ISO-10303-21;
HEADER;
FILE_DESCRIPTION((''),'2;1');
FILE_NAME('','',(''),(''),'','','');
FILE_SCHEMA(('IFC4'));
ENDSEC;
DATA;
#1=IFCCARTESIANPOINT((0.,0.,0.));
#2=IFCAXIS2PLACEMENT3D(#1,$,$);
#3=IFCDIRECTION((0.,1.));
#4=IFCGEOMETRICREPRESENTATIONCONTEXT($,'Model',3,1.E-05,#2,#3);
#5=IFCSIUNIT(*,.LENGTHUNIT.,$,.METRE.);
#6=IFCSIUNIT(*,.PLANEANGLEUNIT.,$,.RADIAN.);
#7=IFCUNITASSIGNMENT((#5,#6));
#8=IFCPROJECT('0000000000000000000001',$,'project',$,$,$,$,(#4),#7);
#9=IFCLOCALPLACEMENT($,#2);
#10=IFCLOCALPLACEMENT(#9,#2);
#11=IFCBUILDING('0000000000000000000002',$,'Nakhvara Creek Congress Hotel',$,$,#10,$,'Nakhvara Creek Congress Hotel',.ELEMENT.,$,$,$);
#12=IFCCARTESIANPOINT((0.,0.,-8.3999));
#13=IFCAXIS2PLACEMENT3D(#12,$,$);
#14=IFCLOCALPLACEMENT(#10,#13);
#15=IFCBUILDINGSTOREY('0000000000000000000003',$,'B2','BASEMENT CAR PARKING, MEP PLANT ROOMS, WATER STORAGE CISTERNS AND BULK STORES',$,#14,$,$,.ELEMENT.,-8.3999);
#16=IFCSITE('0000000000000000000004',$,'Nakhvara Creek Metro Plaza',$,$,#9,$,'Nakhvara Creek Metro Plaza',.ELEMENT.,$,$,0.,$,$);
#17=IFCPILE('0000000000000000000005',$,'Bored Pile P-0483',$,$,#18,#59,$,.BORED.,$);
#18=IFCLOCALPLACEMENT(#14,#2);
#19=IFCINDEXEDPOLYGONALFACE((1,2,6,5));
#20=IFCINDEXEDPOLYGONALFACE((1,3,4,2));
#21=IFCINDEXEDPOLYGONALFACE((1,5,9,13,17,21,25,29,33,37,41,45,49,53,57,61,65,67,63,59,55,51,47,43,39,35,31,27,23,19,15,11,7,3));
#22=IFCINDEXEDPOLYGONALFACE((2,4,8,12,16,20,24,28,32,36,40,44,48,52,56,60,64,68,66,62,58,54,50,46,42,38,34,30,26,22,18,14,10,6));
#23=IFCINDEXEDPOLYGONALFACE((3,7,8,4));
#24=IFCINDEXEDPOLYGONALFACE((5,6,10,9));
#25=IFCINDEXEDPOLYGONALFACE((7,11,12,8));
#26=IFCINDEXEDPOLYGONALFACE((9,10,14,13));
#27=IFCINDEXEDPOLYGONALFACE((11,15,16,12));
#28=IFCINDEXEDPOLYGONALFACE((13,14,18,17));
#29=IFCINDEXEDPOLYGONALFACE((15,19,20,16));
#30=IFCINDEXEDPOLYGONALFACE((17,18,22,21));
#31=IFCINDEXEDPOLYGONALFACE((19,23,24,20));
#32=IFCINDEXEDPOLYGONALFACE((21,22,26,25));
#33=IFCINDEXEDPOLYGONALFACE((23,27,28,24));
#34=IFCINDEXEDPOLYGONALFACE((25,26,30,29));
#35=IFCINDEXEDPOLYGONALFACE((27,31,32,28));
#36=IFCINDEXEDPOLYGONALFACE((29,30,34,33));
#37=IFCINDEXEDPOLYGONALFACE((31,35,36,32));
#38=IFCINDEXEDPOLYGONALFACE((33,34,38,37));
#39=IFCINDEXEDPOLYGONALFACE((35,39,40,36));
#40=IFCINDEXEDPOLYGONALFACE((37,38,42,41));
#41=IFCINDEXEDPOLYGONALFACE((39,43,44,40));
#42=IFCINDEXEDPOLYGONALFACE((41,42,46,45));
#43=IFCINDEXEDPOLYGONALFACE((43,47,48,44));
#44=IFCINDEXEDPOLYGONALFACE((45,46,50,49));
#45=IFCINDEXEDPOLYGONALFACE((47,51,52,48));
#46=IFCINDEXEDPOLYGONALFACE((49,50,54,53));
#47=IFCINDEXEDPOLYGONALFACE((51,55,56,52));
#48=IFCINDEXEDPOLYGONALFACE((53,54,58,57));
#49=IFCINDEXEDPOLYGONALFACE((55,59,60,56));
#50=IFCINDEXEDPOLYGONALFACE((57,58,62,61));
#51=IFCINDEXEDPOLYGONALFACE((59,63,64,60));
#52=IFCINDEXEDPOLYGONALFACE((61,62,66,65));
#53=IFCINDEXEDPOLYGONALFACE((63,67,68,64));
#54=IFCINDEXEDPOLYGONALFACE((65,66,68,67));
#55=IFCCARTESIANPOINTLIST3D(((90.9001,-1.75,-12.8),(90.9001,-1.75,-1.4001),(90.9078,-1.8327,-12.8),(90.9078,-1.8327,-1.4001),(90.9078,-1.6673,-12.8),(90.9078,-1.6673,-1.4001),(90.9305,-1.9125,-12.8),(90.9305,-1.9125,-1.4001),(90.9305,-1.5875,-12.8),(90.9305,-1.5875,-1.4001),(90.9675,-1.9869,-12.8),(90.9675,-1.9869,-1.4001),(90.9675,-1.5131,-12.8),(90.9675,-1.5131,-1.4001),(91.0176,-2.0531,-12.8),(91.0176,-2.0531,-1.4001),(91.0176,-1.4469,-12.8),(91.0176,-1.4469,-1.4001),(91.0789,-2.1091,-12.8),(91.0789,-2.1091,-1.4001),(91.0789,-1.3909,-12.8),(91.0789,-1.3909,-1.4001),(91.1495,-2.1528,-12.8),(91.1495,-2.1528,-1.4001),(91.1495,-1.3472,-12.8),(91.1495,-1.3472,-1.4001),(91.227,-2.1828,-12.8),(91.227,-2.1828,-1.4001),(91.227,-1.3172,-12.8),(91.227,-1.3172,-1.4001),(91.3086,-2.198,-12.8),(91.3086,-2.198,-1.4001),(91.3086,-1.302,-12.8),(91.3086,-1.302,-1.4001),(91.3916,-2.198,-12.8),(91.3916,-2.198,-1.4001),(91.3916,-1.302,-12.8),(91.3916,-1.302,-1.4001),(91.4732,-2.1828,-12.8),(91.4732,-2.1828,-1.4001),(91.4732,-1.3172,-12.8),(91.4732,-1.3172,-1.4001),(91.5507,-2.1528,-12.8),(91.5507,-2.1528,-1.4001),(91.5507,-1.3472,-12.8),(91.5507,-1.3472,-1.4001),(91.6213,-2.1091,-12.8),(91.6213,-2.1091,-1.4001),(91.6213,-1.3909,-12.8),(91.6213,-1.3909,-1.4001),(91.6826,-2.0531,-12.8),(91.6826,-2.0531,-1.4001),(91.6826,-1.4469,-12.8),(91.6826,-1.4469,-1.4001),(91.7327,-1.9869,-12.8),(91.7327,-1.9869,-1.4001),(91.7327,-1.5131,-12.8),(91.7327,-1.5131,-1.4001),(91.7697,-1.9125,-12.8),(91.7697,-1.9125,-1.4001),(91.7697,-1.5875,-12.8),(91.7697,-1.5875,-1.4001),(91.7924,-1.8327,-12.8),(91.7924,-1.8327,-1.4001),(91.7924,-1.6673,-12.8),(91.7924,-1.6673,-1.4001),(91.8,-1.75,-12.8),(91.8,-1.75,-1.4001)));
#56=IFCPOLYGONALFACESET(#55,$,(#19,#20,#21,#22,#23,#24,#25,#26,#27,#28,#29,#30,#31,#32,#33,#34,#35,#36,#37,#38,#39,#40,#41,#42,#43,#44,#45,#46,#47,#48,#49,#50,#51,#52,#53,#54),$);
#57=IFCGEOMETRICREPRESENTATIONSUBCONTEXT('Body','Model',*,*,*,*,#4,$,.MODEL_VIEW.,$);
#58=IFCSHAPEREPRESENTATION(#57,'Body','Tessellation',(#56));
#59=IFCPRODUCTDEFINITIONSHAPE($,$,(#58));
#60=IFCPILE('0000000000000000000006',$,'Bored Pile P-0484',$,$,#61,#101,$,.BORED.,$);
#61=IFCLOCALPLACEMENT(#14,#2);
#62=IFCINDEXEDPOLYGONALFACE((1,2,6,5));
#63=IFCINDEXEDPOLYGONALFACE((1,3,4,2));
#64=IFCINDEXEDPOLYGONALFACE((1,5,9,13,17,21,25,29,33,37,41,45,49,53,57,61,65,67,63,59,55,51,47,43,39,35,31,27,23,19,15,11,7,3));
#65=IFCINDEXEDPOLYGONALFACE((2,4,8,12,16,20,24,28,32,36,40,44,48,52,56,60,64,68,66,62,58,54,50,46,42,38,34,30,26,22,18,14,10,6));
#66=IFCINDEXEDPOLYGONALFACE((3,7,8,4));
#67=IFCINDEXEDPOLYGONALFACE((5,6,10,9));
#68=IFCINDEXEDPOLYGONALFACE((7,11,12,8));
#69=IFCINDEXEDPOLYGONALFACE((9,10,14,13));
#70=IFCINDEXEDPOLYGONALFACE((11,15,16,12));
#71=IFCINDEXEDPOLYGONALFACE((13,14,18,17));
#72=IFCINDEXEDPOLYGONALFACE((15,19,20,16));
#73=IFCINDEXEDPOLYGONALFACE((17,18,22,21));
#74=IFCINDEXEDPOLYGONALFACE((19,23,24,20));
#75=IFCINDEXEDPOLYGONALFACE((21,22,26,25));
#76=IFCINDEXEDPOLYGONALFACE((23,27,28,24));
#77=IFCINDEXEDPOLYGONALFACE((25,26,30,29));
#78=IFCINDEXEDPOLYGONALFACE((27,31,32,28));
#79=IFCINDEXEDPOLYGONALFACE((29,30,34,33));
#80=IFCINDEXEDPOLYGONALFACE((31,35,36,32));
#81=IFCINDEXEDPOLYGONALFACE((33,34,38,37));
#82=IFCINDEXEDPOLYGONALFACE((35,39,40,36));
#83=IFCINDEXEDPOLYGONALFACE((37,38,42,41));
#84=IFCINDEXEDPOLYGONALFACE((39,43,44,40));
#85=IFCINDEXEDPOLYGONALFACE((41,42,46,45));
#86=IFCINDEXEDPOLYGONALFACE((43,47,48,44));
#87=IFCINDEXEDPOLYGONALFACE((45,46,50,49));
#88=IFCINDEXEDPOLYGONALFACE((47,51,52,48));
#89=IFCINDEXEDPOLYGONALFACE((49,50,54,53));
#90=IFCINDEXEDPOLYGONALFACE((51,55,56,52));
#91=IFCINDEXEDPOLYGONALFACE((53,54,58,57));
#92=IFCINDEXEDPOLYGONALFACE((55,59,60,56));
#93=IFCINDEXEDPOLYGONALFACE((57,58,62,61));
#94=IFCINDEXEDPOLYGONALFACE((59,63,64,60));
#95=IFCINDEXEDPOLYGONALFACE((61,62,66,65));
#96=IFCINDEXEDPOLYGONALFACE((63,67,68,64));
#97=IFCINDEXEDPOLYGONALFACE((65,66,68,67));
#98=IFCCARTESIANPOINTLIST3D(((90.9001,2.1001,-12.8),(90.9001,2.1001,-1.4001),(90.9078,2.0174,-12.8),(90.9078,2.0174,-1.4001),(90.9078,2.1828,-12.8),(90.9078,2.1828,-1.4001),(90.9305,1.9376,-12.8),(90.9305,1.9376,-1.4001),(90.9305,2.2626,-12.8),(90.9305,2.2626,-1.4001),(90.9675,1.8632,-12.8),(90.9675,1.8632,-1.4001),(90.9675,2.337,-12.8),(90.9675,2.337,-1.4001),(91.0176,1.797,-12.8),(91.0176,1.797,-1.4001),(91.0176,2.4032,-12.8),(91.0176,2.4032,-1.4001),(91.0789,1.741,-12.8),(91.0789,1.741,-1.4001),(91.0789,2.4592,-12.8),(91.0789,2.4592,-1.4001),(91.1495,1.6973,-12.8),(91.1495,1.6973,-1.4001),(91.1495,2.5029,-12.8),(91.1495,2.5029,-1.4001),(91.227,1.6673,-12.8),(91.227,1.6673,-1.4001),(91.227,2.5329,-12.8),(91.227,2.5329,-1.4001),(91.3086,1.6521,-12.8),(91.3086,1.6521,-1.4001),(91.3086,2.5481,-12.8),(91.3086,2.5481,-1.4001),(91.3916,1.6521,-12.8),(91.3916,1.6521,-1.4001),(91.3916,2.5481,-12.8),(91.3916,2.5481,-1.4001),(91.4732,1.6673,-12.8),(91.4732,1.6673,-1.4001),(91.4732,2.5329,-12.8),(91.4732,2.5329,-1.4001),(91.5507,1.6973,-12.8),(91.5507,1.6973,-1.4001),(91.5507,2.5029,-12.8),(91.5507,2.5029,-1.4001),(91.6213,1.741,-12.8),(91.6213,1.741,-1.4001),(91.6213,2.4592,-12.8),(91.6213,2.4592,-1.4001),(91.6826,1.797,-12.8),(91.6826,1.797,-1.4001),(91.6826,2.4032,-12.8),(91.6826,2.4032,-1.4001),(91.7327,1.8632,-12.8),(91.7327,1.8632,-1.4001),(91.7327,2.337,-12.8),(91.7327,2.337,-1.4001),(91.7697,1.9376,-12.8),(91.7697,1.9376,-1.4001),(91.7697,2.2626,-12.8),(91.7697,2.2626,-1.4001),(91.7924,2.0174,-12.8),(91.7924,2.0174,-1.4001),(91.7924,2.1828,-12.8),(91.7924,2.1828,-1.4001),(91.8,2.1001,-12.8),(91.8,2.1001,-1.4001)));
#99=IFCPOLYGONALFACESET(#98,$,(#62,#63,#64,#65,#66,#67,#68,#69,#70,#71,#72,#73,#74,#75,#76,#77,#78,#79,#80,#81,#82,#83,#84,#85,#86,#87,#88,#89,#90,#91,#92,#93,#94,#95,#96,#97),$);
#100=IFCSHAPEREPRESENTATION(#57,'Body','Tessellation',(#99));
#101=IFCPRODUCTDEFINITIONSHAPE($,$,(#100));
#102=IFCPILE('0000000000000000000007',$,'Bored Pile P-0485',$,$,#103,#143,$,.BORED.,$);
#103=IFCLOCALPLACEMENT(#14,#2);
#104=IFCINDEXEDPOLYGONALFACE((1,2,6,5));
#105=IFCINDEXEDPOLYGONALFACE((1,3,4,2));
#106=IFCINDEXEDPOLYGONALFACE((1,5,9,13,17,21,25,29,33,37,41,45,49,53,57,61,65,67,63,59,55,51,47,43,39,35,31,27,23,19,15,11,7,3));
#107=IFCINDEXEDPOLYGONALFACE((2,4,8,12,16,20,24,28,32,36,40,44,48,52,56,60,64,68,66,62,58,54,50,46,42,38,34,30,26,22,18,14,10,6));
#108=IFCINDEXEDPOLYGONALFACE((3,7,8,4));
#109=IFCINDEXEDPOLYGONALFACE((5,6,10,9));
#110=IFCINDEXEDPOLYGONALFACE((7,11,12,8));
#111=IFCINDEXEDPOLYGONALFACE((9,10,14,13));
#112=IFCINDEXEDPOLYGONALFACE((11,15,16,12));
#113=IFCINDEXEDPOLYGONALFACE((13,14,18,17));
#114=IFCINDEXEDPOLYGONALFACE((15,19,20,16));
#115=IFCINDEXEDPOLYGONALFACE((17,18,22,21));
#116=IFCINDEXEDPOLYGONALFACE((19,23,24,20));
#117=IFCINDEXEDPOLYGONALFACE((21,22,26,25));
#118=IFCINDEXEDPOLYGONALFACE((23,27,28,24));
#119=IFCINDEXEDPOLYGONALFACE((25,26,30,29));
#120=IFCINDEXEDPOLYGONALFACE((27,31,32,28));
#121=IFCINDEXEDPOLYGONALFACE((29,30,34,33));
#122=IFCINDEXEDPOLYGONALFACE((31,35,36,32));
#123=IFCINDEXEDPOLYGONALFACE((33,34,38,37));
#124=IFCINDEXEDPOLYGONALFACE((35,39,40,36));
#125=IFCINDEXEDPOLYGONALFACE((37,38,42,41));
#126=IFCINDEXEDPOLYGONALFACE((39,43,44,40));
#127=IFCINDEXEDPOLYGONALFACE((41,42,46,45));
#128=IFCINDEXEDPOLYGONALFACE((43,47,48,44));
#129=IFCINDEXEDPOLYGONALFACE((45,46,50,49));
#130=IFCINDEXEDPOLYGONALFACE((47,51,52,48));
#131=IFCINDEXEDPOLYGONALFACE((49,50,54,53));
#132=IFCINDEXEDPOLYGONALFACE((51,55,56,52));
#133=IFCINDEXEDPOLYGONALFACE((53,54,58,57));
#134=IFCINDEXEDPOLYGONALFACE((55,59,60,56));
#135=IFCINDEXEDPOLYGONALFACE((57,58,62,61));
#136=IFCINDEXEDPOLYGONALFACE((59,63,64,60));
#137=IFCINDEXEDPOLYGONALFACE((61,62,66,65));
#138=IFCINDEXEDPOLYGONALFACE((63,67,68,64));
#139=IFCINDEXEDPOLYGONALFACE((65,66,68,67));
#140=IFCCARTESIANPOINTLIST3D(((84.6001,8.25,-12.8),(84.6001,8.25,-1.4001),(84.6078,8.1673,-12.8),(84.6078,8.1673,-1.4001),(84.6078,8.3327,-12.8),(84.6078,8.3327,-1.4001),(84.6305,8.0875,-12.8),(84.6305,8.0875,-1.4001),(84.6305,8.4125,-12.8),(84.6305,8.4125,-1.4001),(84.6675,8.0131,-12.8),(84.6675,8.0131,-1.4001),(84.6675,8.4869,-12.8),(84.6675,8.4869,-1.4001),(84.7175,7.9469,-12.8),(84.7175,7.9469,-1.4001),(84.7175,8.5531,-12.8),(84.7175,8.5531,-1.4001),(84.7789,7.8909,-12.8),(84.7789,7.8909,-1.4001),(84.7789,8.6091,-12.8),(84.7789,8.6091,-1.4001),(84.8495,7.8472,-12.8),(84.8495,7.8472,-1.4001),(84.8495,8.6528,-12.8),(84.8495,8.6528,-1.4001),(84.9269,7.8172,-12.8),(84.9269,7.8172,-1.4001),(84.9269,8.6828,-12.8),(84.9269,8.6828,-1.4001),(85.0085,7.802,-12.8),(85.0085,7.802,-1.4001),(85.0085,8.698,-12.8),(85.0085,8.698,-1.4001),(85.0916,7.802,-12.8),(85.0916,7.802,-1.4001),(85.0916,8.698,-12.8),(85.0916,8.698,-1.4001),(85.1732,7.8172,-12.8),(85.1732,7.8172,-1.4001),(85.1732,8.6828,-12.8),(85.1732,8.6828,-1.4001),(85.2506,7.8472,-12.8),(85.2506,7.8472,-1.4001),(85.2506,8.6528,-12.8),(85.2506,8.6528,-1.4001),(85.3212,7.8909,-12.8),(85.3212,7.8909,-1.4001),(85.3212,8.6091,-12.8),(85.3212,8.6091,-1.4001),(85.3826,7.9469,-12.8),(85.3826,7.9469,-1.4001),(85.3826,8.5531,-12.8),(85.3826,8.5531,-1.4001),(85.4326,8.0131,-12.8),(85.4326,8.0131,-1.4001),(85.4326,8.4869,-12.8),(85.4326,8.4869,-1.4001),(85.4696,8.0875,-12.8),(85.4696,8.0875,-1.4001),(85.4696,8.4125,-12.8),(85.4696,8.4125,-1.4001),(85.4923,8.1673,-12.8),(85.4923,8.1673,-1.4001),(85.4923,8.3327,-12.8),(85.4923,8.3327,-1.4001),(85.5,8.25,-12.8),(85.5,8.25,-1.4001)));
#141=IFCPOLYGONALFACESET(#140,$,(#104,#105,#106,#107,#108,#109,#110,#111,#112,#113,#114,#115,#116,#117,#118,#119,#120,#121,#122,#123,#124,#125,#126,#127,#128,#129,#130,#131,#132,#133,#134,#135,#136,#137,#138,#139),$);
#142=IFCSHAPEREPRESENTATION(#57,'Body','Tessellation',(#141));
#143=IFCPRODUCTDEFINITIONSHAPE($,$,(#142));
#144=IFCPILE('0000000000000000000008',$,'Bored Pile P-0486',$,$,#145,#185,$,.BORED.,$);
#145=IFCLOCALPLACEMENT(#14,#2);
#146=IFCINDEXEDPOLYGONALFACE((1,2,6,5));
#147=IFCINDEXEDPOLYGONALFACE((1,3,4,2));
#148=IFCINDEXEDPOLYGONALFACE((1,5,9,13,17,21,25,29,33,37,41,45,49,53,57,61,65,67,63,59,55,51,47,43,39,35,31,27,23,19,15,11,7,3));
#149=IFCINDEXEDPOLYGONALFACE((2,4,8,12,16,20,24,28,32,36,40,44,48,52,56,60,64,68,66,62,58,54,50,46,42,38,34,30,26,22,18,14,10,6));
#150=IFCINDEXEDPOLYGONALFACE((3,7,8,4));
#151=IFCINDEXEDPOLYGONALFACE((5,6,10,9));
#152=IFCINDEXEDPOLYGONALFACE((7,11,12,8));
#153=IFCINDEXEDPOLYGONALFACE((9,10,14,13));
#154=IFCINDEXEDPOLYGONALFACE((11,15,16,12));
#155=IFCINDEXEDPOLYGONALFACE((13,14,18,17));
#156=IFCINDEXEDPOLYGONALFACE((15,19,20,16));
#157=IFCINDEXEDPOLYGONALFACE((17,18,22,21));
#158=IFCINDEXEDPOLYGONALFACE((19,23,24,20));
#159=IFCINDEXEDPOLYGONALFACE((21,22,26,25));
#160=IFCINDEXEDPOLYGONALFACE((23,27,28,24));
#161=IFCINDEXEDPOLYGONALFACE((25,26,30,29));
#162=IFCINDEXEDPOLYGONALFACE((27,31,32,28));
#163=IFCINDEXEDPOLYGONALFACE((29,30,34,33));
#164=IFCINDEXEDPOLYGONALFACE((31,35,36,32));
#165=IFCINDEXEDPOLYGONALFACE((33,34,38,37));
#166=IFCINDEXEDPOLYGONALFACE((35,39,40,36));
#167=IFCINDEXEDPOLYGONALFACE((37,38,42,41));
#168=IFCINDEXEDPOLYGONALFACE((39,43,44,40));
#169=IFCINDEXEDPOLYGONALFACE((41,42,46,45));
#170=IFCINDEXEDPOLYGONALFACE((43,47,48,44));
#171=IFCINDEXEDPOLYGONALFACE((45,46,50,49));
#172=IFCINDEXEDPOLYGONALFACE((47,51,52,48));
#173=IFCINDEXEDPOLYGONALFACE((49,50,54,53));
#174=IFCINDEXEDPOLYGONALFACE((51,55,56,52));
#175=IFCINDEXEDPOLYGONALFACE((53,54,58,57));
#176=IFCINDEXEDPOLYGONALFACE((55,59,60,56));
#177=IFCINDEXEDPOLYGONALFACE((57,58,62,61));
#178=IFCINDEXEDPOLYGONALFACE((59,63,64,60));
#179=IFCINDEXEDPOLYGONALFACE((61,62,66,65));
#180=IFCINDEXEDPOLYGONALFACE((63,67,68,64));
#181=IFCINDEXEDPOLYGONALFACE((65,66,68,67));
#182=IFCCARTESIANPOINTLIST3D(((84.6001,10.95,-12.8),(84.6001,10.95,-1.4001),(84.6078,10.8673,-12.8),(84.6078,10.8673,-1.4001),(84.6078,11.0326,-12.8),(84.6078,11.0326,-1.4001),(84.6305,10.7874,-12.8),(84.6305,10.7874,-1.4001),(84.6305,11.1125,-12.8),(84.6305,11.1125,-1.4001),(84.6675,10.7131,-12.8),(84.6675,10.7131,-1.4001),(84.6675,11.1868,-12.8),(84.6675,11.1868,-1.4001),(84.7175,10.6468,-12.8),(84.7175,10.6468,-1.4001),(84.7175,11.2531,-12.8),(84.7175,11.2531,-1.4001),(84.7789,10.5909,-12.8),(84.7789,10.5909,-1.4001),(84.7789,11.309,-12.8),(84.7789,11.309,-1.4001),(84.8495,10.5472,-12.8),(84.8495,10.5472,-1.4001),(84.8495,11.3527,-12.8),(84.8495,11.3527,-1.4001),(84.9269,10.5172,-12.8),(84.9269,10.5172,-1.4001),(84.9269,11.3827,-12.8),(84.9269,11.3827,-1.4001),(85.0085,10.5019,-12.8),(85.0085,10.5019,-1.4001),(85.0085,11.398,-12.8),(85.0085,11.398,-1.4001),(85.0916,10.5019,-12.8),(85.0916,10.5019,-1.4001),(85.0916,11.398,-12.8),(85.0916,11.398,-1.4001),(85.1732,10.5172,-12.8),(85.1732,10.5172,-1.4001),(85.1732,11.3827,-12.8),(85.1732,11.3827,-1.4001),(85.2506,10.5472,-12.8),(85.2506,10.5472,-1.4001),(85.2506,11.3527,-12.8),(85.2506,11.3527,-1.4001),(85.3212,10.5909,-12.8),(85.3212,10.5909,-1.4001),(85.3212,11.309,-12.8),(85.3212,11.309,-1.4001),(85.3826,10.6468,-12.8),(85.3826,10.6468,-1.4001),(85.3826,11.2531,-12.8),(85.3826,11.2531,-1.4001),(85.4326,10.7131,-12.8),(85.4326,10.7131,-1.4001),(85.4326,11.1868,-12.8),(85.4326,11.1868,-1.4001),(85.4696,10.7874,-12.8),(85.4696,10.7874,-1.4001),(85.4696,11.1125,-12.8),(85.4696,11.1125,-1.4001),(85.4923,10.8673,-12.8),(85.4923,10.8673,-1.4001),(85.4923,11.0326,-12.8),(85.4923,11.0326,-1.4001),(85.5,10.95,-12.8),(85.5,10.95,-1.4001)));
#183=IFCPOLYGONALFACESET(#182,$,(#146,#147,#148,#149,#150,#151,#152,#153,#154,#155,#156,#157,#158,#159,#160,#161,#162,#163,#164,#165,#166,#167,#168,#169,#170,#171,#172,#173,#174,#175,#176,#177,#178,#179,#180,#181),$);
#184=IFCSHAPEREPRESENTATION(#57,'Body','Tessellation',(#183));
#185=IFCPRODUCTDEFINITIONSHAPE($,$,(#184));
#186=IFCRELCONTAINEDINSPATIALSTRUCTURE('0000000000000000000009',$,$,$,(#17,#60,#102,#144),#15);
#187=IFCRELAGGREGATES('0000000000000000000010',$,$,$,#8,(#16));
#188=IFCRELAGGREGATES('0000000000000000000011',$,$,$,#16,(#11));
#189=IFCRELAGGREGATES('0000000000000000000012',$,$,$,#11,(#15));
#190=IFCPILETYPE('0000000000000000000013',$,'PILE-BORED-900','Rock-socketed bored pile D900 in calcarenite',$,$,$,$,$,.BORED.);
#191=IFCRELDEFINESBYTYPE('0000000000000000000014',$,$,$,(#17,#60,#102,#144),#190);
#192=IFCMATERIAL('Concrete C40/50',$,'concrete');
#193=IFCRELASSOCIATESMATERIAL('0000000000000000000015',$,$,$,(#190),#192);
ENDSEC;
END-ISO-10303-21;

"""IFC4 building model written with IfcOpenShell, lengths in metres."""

from ifc_helpers import new_model, si_unit, direction, frame, origin, origin_2d, place, context, subcontext, project, spatial, circle, extrude, material, material_profile, profile_set, type_object, element, save


model = new_model("IFC4")

# Units and contexts
model_context = context("Model", 3, precision=1e-05, world=origin(), true_north=direction((0.0, 1.0)))
body_context = subcontext(model_context, "Body", "Model", "MODEL_VIEW")
ifc_project = project(units=[si_unit("LENGTHUNIT", "METRE"), si_unit("PLANEANGLEUNIT", "RADIAN")], contexts=[model_context])

# Site, building, storey
site_placement = place(None, origin())
site = spatial("IfcSite", under=ifc_project, at=site_placement, Name="Nakhvara Creek Metro Plaza", LongName="Nakhvara Creek Metro Plaza", CompositionType="ELEMENT", RefElevation=0.0)
building_placement = place(site_placement, origin())
building = spatial("IfcBuilding", under=site, at=building_placement, Name="Nakhvara Creek Congress Hotel", LongName="Nakhvara Creek Congress Hotel", CompositionType="ELEMENT")
storey_placement = place(building_placement, frame((0.0, 0.0, -8.3999)))
storey = spatial("IfcBuildingStorey", under=building, at=storey_placement, Name="B2", Description="BASEMENT CAR PARKING, MEP PLANT ROOMS, WATER STORAGE CISTERNS AND BULK STORES", CompositionType="ELEMENT", Elevation=-8.3999)

# Shared definitions
ifc_material_1 = material(Name="Concrete C40/50", Category="concrete")

# Piles
ifc_material_profile_1 = material_profile(ifc_material_1, circle(Radius=0.45, at=origin_2d()), Name="BORED PILE D900", Category="LoadBearing")
ifc_profile_set_1 = profile_set([ifc_material_profile_1], Name="Concrete C40/50")
pile_type = type_object("IfcPileType", Name="PILE-BORED-900", Description="Rock-socketed bored pile D900 in calcarenite", PredefinedType="BORED", material=ifc_profile_set_1)
for number, where, z_axis, x_axis, name in (
    (1, (91.3501, -1.75, -1.4001), (0.0, 0.0, -1.0), (1.0, 0.0, 0.0), "Bored Pile P-0483"),
    (2, (91.3501, 2.1001, -1.4001), (0.0, 0.0, -1.0), (1.0, 0.0, 0.0), "Bored Pile P-0484"),
    (3, (85.05, 8.25, -1.4001), (0.0, 0.0, -1.0), (1.0, 0.0, 0.0), "Bored Pile P-0485"),
    (4, (85.05, 10.95, -1.4001), (0.0, 0.0, -1.0), (1.0, 0.0, 0.0), "Bored Pile P-0486"),
):
    element("IfcPile", number, at=place(storey_placement, frame(where, z_axis=z_axis, x_axis=x_axis)), inside=storey, type_object=pile_type, Name=name, PredefinedType="BORED", context=body_context, shape_type="SweptSolid", body=[
        extrude(circle(Radius=0.45, at=origin_2d()), origin(), (0.0, 0.0, 1.0), 11.3999),
    ])

save(model, "model.ifc")
